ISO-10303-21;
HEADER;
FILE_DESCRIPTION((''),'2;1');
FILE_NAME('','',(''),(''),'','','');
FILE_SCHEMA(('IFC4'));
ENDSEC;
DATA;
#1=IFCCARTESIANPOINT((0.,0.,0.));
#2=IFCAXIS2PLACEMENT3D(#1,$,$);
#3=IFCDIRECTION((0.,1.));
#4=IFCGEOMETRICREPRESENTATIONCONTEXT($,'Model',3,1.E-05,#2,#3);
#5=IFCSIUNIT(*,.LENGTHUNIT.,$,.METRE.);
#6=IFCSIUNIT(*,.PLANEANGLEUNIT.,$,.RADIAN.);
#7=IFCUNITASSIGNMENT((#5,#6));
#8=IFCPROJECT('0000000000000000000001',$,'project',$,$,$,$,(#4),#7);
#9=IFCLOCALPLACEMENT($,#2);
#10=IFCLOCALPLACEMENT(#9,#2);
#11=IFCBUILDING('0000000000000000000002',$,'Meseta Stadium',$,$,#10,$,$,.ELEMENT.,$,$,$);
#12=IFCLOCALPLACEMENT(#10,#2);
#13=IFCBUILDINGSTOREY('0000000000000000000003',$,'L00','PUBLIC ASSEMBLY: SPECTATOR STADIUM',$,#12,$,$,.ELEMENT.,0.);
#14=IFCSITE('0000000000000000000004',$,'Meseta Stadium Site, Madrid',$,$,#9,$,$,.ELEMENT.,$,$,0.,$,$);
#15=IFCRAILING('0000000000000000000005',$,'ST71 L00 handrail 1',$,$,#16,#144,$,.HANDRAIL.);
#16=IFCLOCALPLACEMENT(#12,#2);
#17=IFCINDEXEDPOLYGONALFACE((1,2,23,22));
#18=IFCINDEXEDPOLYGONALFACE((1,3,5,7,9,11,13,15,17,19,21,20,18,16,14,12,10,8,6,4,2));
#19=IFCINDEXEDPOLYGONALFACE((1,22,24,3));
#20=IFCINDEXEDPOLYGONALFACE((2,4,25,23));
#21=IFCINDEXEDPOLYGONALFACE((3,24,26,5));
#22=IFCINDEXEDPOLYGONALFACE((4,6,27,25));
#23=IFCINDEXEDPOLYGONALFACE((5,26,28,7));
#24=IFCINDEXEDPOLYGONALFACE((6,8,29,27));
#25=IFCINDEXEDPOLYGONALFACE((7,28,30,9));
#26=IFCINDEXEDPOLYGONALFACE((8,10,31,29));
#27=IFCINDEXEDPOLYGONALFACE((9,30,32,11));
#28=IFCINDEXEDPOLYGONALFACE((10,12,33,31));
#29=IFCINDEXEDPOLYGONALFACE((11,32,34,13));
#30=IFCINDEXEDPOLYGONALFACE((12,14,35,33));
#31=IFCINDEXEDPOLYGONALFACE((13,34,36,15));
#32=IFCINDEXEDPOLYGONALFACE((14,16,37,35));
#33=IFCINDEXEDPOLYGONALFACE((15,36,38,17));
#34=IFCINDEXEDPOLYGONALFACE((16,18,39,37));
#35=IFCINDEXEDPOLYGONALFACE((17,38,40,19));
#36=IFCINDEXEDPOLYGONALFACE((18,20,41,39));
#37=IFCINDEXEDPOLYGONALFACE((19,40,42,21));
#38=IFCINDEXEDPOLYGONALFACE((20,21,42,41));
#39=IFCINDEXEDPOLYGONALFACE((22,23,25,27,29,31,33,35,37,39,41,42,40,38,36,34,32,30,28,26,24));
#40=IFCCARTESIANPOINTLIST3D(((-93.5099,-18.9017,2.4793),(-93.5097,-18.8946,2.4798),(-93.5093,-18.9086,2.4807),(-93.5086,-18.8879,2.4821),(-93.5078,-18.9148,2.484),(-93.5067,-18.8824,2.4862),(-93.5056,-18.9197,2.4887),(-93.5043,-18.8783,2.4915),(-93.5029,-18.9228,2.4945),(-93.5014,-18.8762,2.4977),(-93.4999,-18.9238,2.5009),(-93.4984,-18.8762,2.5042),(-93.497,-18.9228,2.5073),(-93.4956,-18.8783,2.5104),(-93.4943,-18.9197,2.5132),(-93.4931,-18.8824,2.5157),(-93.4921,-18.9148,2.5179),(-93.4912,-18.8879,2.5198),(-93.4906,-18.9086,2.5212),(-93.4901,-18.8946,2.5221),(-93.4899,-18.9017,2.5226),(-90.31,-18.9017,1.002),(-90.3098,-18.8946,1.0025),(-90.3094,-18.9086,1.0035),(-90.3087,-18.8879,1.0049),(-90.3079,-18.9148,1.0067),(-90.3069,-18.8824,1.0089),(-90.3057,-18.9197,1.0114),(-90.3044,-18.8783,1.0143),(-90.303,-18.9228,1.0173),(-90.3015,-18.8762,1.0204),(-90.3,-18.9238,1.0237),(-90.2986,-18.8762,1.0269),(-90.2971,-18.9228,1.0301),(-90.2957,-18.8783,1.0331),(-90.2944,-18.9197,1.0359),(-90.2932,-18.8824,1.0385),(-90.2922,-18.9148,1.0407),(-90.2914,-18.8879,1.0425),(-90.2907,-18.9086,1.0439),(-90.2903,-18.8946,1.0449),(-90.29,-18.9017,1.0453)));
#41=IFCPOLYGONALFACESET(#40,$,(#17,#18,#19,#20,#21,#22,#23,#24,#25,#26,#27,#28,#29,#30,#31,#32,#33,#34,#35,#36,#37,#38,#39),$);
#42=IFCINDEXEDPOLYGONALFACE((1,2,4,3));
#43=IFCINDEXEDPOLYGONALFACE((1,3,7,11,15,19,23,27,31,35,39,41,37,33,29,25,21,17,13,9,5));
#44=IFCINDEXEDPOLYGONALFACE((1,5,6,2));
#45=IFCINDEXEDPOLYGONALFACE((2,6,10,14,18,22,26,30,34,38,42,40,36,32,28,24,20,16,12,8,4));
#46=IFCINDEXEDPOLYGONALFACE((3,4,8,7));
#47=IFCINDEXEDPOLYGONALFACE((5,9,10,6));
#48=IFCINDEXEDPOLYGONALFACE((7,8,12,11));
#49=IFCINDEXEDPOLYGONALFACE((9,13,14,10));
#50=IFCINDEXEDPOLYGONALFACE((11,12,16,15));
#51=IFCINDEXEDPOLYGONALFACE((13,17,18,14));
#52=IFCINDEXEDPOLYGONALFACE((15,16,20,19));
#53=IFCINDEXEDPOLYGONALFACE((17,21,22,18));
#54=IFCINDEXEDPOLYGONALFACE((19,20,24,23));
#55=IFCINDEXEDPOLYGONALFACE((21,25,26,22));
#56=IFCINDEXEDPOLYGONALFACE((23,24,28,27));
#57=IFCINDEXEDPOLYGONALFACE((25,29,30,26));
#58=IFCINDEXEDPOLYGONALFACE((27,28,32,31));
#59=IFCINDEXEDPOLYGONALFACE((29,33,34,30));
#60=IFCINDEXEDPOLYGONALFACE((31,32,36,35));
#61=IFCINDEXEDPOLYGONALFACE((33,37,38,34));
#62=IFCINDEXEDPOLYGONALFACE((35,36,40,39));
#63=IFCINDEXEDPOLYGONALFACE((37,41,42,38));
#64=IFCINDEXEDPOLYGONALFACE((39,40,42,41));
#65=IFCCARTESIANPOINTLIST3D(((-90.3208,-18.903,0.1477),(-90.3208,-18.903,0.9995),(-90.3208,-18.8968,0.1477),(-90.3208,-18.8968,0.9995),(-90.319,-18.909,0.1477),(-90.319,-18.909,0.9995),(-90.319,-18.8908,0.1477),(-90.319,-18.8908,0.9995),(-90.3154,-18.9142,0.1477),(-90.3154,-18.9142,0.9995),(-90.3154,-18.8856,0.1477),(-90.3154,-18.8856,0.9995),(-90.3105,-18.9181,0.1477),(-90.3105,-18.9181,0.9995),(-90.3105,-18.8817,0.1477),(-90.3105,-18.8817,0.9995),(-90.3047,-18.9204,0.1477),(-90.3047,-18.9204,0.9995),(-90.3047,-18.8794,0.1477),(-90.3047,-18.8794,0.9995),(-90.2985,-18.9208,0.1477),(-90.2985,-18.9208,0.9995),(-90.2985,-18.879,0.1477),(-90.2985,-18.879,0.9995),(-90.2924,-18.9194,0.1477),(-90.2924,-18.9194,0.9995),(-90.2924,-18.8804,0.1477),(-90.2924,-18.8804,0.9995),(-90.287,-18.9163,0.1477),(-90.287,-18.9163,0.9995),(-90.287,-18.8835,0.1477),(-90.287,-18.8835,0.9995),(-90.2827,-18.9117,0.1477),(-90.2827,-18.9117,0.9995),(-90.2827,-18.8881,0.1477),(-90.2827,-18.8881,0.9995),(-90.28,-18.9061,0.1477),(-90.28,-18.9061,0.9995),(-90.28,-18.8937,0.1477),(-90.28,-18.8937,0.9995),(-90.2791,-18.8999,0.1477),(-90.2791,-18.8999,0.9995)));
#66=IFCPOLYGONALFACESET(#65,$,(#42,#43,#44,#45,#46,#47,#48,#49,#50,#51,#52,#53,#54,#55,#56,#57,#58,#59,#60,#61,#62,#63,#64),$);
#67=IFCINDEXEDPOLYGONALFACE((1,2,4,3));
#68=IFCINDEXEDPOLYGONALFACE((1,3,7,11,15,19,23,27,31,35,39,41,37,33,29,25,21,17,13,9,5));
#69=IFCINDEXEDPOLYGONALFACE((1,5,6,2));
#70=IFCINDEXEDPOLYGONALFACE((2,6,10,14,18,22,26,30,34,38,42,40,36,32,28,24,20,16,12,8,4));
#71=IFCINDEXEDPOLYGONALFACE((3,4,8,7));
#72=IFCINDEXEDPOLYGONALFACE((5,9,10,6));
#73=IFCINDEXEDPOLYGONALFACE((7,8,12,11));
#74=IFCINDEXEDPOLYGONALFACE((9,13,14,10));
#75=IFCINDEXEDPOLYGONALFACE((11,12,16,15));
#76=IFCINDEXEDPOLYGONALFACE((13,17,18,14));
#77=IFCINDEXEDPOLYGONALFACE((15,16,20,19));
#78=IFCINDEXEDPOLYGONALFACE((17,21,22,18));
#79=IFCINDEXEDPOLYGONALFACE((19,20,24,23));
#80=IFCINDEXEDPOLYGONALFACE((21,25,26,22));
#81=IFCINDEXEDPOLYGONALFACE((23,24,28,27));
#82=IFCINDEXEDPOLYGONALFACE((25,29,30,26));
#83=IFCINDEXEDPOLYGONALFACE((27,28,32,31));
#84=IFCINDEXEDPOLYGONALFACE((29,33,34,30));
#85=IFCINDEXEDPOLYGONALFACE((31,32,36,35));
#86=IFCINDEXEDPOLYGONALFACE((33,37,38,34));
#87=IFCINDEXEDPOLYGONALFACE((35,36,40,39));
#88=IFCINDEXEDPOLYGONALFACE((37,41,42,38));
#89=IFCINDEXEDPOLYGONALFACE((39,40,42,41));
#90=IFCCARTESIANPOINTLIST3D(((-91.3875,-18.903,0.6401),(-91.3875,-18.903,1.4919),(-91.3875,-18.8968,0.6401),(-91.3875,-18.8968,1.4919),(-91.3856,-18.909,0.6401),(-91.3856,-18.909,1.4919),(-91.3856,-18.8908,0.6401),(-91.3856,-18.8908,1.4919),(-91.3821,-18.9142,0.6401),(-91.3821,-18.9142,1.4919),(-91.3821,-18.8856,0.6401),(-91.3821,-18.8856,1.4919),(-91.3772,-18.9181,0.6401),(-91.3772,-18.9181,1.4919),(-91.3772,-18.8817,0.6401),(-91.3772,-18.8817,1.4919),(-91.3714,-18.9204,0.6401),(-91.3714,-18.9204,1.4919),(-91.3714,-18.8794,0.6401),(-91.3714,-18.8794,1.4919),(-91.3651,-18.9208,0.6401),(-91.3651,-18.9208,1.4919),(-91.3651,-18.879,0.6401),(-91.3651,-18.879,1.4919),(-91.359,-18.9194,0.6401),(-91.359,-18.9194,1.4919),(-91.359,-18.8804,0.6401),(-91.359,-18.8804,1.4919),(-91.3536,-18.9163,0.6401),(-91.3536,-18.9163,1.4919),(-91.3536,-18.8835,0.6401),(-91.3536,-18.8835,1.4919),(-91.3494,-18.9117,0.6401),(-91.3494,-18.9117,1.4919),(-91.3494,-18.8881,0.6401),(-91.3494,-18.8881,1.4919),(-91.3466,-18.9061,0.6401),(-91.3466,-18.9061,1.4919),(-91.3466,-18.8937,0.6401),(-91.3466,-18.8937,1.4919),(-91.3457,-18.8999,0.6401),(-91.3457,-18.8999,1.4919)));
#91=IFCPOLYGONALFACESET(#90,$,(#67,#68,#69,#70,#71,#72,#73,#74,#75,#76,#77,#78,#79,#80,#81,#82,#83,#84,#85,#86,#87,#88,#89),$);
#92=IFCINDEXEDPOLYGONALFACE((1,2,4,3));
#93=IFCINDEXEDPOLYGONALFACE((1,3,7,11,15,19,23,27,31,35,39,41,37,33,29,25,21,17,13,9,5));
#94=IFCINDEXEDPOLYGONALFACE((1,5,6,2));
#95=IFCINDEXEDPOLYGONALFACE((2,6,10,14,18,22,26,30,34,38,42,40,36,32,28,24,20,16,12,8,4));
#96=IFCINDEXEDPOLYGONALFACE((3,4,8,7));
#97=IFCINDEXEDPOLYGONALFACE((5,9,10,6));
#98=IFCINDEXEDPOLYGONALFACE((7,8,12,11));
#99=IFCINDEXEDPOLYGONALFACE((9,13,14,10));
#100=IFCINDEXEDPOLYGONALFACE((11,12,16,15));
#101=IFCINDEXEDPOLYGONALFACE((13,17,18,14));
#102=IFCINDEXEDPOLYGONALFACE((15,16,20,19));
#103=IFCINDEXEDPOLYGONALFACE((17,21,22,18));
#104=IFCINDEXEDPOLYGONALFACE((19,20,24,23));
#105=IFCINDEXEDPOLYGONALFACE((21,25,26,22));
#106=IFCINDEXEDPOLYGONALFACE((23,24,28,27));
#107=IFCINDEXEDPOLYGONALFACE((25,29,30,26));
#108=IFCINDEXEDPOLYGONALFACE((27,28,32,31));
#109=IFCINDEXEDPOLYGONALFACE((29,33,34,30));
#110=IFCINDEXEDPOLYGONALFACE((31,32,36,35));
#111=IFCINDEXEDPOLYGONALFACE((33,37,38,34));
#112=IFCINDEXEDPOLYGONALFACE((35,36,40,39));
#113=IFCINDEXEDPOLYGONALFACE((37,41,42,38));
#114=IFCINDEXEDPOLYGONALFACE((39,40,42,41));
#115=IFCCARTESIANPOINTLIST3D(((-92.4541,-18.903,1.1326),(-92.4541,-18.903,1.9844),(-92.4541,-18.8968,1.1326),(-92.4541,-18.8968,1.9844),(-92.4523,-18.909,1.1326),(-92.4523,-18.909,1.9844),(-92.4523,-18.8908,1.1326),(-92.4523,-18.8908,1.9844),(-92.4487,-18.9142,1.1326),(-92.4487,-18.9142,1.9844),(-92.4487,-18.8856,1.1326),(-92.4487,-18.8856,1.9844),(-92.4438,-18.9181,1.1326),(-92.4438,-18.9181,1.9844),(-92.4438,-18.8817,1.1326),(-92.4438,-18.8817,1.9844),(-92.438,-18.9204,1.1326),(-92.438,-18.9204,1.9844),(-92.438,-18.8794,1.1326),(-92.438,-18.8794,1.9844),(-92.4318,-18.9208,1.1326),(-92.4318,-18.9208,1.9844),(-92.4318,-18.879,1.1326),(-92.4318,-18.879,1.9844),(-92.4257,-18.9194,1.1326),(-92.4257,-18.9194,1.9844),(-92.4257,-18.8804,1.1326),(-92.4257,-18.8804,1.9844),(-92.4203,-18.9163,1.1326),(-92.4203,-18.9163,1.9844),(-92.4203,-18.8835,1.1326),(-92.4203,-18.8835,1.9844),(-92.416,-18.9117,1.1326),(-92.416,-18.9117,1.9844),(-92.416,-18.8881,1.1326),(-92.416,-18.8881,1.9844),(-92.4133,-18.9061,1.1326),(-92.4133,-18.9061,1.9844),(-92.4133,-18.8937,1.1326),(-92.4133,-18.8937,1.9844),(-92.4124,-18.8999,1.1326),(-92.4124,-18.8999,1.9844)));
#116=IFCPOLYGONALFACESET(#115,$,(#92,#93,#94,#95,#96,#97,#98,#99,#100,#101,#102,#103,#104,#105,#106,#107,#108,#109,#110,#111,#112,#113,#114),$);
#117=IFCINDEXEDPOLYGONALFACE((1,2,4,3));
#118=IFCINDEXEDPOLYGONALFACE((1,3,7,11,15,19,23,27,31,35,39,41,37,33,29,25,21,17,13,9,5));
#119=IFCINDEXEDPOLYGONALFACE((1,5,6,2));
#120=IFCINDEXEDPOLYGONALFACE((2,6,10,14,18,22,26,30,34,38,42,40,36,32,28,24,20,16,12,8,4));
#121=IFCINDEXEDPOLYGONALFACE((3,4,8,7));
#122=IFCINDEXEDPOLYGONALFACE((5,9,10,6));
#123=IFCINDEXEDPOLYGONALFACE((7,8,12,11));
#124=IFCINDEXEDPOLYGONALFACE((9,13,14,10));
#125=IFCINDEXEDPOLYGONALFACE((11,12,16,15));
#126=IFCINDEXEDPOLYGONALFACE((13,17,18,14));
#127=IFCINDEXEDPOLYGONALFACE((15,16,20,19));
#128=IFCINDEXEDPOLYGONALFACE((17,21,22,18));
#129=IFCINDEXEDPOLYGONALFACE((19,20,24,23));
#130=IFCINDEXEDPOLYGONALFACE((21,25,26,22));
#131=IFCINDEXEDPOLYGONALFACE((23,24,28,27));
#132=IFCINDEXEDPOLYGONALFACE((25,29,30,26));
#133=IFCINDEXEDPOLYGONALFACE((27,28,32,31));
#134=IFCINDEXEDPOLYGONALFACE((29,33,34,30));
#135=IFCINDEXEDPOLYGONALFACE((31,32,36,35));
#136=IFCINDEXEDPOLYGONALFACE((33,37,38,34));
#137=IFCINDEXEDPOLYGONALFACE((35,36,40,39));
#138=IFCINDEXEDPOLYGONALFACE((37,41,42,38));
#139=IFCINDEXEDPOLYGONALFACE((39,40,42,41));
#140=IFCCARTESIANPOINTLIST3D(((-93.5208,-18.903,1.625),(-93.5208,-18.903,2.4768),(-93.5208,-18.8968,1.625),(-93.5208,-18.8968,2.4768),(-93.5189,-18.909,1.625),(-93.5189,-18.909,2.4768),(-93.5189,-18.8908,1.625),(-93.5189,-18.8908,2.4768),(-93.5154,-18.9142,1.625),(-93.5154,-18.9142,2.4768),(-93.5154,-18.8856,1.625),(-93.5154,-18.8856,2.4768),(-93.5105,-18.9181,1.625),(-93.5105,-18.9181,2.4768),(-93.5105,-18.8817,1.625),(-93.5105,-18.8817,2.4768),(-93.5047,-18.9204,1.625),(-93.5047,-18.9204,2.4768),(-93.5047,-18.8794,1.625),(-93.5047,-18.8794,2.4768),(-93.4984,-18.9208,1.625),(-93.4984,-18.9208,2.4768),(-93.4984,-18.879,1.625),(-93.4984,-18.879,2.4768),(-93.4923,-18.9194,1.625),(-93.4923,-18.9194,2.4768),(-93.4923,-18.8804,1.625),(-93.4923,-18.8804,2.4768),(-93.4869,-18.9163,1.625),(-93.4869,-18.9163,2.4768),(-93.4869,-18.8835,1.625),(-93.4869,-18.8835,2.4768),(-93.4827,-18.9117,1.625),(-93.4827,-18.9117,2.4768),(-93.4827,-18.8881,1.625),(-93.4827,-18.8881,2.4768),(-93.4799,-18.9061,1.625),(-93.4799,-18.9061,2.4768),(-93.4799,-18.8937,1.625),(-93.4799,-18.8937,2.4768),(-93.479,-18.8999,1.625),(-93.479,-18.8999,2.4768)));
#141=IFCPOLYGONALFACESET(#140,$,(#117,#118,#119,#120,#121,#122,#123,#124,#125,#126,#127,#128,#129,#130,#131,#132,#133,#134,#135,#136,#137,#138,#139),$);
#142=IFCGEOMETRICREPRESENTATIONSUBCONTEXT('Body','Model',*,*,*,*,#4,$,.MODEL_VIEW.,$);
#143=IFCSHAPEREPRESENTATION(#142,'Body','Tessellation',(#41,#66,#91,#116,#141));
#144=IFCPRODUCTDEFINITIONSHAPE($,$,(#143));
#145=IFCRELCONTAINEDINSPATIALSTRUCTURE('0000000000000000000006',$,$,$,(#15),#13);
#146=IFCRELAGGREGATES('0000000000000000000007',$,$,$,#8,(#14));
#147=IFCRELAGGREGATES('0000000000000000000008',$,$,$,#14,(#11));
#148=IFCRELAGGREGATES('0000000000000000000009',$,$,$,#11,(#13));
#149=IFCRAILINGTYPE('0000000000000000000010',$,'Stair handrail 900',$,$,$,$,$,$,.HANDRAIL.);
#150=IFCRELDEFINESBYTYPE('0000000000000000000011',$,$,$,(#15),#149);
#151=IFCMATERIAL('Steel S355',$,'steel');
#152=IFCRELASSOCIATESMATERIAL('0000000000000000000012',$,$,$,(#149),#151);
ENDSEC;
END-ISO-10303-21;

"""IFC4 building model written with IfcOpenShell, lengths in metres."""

from ifc_helpers import new_model, si_unit, direction, frame, origin, origin_2d, place, context, subcontext, project, spatial, circle, extrude, material, type_object, element, save


model = new_model("IFC4")

# Units and contexts
model_context = context("Model", 3, precision=1e-05, world=origin(), true_north=direction((0.0, 1.0)))
body_context = subcontext(model_context, "Body", "Model", "MODEL_VIEW")
ifc_project = project(units=[si_unit("LENGTHUNIT", "METRE"), si_unit("PLANEANGLEUNIT", "RADIAN")], contexts=[model_context])

# Site, building, storey
site_placement = place(None, origin())
site = spatial("IfcSite", under=ifc_project, at=site_placement, Name="Meseta Stadium Site, Madrid", CompositionType="ELEMENT", RefElevation=0.0)
building_placement = place(site_placement, origin())
building = spatial("IfcBuilding", under=site, at=building_placement, Name="Meseta Stadium", CompositionType="ELEMENT")
storey_placement = place(building_placement, origin())
storey = spatial("IfcBuildingStorey", under=building, at=storey_placement, Name="L00", Description="PUBLIC ASSEMBLY: SPECTATOR STADIUM", CompositionType="ELEMENT", Elevation=0.0)

# Railing
ifc_material_1 = material(Name="Steel S355", Category="steel")
railing_type_1 = type_object("IfcRailingType", Name="Stair handrail 900", PredefinedType="HANDRAIL", material=ifc_material_1)
for number, where, name in (
    (1, (-90.3, -18.8999, 0.1477), "ST71 L00 handrail 1"),
):
    element("IfcRailing", number, at=place(storey_placement, frame(where)), inside=storey, type_object=railing_type_1, Name=name, PredefinedType="HANDRAIL", context=body_context, shape_type="SweptSolid", body=[
        extrude(circle(Radius=0.0239, at=origin_2d()), frame((0.0, 0.0, 0.876), z_axis=(-0.907917, 0.0, 0.41915), x_axis=(0.0, -1.0, 0.0)), (0.0, 0.0, 1.0), 3.5244),
        extrude(circle(Radius=0.021, at=origin_2d()), origin(), (0.0, 0.0, 1.0), 0.8518),
        extrude(circle(Radius=0.021, at=origin_2d()), frame((-1.0667, 0.0, 0.4924)), (0.0, 0.0, 1.0), 0.8518),
        extrude(circle(Radius=0.021, at=origin_2d()), frame((-2.1333, 0.0, 0.9849)), (0.0, 0.0, 1.0), 0.8518),
        extrude(circle(Radius=0.021, at=origin_2d()), frame((-3.2, 0.0, 1.4773)), (0.0, 0.0, 1.0), 0.8518),
    ])

save(model, "model.ifc")
